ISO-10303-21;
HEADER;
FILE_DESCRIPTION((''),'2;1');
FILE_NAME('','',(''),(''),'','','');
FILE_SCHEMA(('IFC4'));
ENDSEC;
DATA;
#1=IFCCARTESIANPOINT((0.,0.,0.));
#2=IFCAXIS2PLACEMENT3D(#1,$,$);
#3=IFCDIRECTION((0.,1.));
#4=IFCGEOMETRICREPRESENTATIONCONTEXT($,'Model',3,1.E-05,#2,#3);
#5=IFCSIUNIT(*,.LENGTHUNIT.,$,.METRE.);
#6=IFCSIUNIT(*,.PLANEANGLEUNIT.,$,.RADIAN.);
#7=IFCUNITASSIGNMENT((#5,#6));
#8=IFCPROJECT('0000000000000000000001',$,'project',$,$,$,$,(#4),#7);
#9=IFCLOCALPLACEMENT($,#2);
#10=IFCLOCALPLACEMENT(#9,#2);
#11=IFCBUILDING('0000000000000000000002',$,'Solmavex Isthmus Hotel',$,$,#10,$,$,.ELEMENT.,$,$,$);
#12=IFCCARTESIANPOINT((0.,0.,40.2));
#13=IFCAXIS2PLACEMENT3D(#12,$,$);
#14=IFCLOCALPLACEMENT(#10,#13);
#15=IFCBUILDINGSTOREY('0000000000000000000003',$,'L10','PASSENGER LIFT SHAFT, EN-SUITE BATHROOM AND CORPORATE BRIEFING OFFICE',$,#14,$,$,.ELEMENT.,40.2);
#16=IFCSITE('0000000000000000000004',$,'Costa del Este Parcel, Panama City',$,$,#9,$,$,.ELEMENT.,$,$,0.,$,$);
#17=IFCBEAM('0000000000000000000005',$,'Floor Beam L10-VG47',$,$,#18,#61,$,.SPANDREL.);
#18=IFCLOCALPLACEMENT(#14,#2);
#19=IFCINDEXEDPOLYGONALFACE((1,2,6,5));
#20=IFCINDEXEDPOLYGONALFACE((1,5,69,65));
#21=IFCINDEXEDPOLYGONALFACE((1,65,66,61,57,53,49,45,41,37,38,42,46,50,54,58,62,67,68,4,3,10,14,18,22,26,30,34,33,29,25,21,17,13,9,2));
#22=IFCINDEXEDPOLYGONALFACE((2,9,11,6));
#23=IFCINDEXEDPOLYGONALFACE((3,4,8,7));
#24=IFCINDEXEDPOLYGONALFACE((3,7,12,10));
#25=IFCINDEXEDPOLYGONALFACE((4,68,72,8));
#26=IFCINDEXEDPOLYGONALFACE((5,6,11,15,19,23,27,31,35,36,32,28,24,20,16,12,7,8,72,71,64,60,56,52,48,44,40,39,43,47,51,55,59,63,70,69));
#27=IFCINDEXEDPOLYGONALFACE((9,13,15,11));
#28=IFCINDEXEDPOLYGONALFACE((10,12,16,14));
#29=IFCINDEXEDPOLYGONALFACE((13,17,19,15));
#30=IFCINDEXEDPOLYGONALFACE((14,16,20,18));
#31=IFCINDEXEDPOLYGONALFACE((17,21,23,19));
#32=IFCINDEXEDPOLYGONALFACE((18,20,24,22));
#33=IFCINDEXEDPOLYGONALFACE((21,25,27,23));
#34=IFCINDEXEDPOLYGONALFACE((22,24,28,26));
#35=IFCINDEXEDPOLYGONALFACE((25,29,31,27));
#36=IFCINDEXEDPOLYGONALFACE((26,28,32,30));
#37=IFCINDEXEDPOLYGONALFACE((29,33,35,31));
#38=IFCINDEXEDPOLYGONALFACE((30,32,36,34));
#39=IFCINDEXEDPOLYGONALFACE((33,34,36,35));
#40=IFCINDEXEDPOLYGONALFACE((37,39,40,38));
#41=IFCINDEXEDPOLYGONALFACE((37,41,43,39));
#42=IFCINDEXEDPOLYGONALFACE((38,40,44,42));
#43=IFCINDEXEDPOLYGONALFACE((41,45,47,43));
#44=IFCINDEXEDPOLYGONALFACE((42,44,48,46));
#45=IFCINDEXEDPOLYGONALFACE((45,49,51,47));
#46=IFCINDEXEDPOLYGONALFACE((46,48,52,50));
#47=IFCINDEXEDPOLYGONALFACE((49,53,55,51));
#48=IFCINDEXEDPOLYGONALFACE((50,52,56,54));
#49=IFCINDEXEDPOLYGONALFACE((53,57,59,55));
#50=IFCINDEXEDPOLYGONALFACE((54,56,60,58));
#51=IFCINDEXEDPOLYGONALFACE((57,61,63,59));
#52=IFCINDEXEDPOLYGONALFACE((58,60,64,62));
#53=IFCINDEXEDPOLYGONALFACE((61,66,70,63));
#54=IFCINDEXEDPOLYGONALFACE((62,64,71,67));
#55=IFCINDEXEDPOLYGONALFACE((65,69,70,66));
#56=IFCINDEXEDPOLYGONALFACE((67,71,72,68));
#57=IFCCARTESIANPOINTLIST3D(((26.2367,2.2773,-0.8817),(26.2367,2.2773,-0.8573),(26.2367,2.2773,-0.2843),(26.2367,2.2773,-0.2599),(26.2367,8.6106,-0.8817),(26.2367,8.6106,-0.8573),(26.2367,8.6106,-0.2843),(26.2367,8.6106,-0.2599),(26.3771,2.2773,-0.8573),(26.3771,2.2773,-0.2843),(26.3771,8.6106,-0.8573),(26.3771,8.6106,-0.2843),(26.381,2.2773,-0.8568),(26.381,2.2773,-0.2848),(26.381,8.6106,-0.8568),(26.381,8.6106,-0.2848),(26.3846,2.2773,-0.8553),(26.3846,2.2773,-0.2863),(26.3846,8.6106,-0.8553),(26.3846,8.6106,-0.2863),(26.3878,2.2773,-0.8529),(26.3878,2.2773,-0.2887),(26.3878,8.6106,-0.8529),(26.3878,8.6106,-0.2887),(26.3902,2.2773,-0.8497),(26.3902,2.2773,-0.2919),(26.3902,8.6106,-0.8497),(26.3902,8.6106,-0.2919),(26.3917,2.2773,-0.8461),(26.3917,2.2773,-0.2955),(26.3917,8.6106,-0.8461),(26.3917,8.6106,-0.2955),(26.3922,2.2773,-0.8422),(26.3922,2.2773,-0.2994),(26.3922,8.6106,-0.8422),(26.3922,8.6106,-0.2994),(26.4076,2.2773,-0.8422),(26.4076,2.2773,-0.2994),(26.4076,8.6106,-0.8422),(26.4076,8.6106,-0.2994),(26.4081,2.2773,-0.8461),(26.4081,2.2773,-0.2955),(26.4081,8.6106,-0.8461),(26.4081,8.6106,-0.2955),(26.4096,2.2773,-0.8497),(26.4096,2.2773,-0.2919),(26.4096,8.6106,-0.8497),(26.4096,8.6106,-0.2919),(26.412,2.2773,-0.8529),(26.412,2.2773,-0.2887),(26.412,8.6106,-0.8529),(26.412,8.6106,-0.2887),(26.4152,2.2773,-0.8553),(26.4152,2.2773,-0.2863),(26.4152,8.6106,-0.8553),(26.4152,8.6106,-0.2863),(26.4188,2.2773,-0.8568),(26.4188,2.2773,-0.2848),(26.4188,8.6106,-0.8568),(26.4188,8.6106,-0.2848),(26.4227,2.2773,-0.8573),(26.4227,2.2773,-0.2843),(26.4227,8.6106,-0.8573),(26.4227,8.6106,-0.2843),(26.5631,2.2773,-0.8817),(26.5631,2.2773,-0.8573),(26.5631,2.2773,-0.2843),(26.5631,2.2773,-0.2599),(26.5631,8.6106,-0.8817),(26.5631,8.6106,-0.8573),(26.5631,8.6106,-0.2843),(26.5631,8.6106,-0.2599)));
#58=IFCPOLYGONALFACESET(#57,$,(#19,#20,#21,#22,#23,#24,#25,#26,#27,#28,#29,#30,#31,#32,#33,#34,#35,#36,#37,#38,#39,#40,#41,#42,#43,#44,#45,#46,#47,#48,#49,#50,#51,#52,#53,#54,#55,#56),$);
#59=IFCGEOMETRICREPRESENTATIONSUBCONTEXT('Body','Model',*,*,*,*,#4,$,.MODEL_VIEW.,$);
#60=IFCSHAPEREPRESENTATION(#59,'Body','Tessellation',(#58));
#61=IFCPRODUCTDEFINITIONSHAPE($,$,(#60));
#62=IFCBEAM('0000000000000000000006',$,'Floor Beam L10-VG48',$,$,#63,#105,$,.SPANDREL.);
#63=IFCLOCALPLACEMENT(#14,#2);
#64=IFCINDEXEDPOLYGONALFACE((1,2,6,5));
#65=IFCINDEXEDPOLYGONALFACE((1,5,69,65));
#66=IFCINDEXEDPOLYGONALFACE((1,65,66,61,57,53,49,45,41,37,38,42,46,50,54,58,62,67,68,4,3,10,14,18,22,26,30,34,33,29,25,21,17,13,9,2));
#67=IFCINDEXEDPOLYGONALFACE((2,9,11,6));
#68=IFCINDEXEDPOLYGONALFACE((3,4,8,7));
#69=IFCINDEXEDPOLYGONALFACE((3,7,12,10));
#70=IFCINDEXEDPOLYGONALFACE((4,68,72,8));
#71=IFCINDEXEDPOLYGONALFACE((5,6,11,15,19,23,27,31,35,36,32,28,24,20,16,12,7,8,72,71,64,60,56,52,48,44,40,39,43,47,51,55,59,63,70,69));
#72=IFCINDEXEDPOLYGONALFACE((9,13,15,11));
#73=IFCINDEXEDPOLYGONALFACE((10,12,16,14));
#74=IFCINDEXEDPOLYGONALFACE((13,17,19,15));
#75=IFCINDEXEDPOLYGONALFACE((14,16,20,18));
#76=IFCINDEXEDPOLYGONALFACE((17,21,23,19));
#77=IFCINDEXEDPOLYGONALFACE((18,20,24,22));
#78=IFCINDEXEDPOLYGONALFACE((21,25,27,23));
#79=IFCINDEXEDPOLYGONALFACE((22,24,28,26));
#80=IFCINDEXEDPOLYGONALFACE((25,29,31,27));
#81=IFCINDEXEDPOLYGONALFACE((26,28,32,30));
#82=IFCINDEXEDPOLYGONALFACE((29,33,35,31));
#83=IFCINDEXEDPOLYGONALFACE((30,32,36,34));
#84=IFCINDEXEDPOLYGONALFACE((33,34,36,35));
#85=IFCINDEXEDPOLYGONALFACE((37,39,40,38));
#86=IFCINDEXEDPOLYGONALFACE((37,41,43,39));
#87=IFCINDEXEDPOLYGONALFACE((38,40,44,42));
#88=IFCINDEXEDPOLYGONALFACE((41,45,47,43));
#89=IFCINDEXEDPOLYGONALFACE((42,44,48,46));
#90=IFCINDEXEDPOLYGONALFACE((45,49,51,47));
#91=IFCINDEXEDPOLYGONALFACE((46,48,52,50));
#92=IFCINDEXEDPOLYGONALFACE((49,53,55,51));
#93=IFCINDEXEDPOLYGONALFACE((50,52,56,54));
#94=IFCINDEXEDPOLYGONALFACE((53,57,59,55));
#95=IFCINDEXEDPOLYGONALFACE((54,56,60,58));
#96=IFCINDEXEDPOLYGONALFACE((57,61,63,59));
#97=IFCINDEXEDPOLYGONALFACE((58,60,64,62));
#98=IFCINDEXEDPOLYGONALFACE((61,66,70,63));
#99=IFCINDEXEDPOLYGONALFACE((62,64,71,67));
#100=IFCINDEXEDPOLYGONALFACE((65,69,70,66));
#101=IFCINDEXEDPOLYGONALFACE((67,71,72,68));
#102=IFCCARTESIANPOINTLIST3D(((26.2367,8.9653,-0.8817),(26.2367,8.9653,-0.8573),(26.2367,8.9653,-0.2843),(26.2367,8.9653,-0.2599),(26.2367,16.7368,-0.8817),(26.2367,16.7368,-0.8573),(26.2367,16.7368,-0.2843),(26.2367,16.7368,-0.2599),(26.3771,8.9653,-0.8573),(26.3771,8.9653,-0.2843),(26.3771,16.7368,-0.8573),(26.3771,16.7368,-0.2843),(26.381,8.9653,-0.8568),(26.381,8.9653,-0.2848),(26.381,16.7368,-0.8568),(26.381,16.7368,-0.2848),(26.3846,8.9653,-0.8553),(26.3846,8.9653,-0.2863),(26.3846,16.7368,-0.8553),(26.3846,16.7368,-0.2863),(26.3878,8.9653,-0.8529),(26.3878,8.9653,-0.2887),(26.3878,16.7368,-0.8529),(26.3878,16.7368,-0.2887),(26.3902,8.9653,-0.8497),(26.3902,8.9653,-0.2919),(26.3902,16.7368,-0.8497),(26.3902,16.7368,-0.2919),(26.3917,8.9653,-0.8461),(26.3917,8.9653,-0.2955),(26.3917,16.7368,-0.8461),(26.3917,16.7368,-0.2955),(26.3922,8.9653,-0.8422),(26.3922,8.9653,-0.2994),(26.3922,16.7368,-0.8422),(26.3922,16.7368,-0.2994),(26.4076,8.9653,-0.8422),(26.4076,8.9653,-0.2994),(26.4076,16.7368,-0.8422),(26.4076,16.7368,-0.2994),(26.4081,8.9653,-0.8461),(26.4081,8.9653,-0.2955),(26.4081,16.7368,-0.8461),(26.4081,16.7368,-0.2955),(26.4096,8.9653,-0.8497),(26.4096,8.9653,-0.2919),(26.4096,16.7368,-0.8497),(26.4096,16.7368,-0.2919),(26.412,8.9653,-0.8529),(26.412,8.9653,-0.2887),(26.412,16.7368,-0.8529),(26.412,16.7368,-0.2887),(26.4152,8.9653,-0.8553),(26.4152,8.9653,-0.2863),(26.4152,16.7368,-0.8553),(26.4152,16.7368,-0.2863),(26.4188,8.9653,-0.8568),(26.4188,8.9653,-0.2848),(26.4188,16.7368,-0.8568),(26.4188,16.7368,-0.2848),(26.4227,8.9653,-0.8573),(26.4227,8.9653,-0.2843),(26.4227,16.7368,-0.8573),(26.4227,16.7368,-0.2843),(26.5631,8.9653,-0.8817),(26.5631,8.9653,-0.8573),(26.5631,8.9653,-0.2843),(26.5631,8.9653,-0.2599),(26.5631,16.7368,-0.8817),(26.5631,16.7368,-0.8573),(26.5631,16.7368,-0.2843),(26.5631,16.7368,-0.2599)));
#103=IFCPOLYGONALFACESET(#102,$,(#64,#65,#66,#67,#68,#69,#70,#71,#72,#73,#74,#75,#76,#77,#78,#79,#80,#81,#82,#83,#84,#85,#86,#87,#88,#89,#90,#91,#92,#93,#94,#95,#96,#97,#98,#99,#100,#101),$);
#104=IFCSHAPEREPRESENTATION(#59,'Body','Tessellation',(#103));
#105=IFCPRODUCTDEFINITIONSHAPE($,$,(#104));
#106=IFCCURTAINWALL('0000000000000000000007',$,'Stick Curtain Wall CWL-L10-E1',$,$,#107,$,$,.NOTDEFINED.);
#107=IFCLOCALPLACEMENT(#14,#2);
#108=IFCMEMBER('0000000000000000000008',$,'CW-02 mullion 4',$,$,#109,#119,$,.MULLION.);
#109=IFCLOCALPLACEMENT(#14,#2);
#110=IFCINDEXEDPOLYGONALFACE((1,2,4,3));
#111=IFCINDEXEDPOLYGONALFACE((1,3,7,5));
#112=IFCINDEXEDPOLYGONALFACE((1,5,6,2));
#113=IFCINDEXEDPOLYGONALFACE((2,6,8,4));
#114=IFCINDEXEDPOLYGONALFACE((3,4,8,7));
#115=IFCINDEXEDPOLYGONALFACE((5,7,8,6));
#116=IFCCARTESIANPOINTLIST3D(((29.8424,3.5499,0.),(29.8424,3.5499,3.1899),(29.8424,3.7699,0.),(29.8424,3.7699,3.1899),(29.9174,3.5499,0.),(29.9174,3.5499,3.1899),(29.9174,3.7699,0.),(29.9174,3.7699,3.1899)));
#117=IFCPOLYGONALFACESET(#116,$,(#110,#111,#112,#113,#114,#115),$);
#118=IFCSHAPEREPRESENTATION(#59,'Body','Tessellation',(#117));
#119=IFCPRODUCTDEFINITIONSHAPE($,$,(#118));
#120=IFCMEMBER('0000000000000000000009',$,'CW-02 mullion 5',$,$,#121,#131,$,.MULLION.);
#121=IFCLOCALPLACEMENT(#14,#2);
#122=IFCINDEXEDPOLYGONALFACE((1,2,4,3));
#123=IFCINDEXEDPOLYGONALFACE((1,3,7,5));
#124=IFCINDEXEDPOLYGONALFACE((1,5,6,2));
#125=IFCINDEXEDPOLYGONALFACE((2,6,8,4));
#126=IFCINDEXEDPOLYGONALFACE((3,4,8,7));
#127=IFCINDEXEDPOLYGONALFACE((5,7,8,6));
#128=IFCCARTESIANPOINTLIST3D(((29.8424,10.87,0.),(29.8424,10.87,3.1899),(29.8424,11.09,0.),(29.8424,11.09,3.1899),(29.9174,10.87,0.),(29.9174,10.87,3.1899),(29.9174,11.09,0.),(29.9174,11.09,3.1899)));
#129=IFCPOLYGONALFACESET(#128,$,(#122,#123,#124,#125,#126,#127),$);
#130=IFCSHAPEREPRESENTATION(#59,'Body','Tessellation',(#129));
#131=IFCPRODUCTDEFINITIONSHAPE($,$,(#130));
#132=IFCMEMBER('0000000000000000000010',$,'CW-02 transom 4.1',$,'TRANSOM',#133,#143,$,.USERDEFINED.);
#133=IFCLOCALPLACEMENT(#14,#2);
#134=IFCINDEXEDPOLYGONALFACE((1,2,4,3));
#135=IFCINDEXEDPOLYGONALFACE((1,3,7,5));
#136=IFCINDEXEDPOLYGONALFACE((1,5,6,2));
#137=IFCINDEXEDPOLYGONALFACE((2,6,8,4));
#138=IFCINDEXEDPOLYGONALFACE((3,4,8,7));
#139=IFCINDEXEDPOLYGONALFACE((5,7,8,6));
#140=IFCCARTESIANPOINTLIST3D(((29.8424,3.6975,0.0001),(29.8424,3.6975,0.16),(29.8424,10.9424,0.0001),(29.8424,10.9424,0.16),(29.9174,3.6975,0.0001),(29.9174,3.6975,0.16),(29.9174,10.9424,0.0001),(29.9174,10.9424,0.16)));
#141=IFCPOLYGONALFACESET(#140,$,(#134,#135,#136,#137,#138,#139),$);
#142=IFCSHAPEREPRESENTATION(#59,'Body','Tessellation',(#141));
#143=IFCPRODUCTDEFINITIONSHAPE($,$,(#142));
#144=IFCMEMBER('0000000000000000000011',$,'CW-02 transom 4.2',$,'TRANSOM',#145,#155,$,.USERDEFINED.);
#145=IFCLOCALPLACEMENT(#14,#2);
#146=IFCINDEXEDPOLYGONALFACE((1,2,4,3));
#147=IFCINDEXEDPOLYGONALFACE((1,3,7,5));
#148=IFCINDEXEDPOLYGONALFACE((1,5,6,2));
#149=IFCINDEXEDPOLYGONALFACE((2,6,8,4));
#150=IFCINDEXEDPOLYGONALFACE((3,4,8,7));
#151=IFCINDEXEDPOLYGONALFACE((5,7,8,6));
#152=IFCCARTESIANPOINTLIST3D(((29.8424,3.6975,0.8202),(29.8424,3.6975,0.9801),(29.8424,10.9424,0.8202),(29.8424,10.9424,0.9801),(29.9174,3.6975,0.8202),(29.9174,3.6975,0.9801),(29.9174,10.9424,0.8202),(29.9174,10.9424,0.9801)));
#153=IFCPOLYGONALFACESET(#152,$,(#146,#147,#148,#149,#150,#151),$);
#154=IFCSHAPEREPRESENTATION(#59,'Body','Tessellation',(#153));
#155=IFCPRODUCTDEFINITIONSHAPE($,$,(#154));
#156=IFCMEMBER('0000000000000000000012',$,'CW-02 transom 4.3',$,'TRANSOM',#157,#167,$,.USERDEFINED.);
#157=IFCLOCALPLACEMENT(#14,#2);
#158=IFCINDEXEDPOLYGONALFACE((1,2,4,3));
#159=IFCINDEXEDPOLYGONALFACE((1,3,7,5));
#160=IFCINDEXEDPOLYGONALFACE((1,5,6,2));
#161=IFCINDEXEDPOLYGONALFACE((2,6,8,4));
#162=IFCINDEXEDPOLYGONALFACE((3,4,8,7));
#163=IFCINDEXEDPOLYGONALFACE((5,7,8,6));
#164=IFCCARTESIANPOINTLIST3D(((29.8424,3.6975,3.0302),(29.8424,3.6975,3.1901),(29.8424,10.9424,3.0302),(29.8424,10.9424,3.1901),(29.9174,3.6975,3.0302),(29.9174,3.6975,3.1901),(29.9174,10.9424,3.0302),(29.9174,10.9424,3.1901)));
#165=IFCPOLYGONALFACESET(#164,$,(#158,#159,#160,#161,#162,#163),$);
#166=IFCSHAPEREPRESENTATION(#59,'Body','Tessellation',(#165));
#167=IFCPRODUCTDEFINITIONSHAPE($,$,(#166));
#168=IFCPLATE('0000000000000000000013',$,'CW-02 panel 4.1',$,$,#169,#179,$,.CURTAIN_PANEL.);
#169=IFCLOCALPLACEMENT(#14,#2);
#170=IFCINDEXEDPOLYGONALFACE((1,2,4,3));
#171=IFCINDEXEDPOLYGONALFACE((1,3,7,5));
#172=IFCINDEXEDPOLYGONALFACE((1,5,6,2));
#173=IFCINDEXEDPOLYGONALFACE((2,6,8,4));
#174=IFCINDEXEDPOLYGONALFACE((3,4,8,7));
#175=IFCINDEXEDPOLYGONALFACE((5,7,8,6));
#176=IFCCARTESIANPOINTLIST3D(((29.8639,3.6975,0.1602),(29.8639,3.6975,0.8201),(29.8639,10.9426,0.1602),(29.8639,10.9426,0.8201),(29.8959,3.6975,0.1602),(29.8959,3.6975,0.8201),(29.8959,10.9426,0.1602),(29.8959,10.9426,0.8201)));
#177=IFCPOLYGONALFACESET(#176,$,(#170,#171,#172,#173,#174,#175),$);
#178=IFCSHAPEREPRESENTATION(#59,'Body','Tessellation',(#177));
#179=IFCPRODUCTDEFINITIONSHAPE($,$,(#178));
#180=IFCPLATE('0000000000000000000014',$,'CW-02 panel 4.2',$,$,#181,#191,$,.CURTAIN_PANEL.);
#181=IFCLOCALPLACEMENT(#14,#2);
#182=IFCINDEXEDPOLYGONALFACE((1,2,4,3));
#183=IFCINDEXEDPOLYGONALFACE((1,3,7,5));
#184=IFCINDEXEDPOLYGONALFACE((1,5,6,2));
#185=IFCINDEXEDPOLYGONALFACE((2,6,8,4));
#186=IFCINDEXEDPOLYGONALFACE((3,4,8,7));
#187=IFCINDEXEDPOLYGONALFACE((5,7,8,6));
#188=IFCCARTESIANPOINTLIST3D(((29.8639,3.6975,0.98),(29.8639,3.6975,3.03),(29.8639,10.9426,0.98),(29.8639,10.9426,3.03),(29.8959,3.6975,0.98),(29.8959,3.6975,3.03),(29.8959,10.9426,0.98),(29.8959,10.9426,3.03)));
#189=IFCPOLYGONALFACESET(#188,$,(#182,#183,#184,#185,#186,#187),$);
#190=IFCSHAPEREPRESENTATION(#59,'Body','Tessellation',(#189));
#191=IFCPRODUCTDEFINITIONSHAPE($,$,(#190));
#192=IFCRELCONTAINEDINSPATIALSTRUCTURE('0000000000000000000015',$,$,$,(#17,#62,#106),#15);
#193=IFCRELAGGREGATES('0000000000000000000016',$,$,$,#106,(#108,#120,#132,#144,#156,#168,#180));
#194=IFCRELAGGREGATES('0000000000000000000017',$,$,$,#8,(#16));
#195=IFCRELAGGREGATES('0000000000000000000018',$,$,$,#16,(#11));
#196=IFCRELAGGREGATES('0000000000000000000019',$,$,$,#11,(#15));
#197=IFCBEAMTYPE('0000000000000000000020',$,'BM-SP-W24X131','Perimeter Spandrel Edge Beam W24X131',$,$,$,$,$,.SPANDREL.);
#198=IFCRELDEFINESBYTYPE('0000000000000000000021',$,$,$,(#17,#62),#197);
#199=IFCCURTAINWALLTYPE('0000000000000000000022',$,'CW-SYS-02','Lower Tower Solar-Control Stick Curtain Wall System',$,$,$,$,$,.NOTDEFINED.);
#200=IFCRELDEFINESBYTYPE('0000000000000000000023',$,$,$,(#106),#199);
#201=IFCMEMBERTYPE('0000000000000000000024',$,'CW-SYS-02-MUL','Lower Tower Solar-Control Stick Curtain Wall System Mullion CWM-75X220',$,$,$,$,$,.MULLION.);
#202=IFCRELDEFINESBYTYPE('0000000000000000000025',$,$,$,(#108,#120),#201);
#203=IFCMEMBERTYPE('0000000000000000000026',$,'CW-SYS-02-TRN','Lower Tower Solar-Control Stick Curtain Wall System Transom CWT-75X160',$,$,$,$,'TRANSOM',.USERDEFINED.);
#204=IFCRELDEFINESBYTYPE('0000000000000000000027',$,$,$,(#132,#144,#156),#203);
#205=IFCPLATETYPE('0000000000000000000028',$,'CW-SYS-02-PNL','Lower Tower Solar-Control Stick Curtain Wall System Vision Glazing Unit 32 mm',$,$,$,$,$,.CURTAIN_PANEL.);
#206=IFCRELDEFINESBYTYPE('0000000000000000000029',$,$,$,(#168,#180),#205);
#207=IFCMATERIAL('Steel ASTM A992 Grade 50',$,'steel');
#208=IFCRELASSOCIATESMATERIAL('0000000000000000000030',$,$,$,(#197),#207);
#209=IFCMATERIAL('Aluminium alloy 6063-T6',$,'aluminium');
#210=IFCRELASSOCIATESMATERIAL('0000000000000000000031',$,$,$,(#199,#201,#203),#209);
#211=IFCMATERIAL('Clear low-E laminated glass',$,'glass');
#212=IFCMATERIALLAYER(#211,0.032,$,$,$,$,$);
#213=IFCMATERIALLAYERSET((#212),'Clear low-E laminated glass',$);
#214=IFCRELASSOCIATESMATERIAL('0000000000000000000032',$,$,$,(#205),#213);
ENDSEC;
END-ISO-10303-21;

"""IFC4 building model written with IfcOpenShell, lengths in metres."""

from ifc_helpers import new_model, si_unit, direction, frame, origin, origin_2d, place, context, subcontext, project, spatial, rectangle, i_section, extrude, material, layer, layer_set, material_profile, profile_set, type_object, element, aggregate, save


model = new_model("IFC4")

# Units and contexts
model_context = context("Model", 3, precision=1e-05, world=origin(), true_north=direction((0.0, 1.0)))
body_context = subcontext(model_context, "Body", "Model", "MODEL_VIEW")
ifc_project = project(units=[si_unit("LENGTHUNIT", "METRE"), si_unit("PLANEANGLEUNIT", "RADIAN")], contexts=[model_context])

# Site, building, storey
site_placement = place(None, origin())
site = spatial("IfcSite", under=ifc_project, at=site_placement, Name="Costa del Este Parcel, Panama City", CompositionType="ELEMENT", RefElevation=0.0)
building_placement = place(site_placement, origin())
building = spatial("IfcBuilding", under=site, at=building_placement, Name="Solmavex Isthmus Hotel", CompositionType="ELEMENT")
storey_placement = place(building_placement, frame((0.0, 0.0, 40.2)))
storey = spatial("IfcBuildingStorey", under=building, at=storey_placement, Name="L10", Description="PASSENGER LIFT SHAFT, EN-SUITE BATHROOM AND CORPORATE BRIEFING OFFICE", CompositionType="ELEMENT", Elevation=40.2)

# Beams
ifc_material_1 = material(Name="Steel ASTM A992 Grade 50", Category="steel")
ifc_material_profile_1 = material_profile(ifc_material_1, i_section(OverallWidth=0.3264, OverallDepth=0.6218, WebThickness=0.0154, FlangeThickness=0.0244, FilletRadius=0.0151, at=origin_2d()), Name="W24X131")
ifc_profile_set_1 = profile_set([ifc_material_profile_1], Name="Steel ASTM A992 Grade 50")
beam_type_1 = type_object("IfcBeamType", Name="BM-SP-W24X131", Description="Perimeter Spandrel Edge Beam W24X131", PredefinedType="SPANDREL", material=ifc_profile_set_1)
beam_1_placement = place(storey_placement, frame((26.3999, 2.2773, -0.5708), z_axis=(0.0, 1.0, 0.0), x_axis=(-1.0, 0.0, 0.0)))
element("IfcBeam", 1, at=beam_1_placement, inside=storey, type_object=beam_type_1, Name="Floor Beam L10-VG47", PredefinedType="SPANDREL", context=body_context, shape_type="SweptSolid", body=[
    extrude(i_section(OverallWidth=0.3264, OverallDepth=0.6218, WebThickness=0.0154, FlangeThickness=0.0244, FilletRadius=0.0151, at=origin_2d()), origin(), (0.0, 0.0, 1.0), 6.3333),
])
beam_2_placement = place(storey_placement, frame((26.3999, 8.9653, -0.5708), z_axis=(0.0, 1.0, 0.0), x_axis=(-1.0, 0.0, 0.0)))
element("IfcBeam", 2, at=beam_2_placement, inside=storey, type_object=beam_type_1, Name="Floor Beam L10-VG48", PredefinedType="SPANDREL", context=body_context, shape_type="SweptSolid", body=[
    extrude(i_section(OverallWidth=0.3264, OverallDepth=0.6218, WebThickness=0.0154, FlangeThickness=0.0244, FilletRadius=0.0151, at=origin_2d()), origin(), (0.0, 0.0, 1.0), 7.7715),
])

# Curtain wall, members, plates
ifc_material_2 = material(Name="Aluminium alloy 6063-T6", Category="aluminium")
curtain_wall_type = type_object("IfcCurtainWallType", Name="CW-SYS-02", Description="Lower Tower Solar-Control Stick Curtain Wall System", PredefinedType="NOTDEFINED", material=ifc_material_2)
curtain_wall_placement = place(storey_placement, origin())
curtain_wall = element("IfcCurtainWall", 3, at=curtain_wall_placement, inside=storey, type_object=curtain_wall_type, Name="Stick Curtain Wall CWL-L10-E1", PredefinedType="NOTDEFINED")
ifc_material_profile_2 = material_profile(ifc_material_2, rectangle(XDim=0.075, YDim=0.22, at=origin_2d()), Name="CWM-75X220")
ifc_profile_set_2 = profile_set([ifc_material_profile_2], Name="Aluminium alloy 6063-T6")
member_type_1 = type_object("IfcMemberType", Name="CW-SYS-02-MUL", Description="Lower Tower Solar-Control Stick Curtain Wall System Mullion CWM-75X220", PredefinedType="MULLION", material=ifc_profile_set_2)
member_1_placement = place(storey_placement, frame((29.8799, 3.6599, 0.0), z_axis=(0.0, 0.0, 1.0), x_axis=(-1.0, 0.0, 0.0)))
member_1 = element("IfcMember", 4, at=member_1_placement, type_object=member_type_1, Name="CW-02 mullion 4", PredefinedType="MULLION", context=body_context, shape_type="SweptSolid", body=[
    extrude(rectangle(XDim=0.075, YDim=0.22, at=origin_2d()), origin(), (0.0, 0.0, 1.0), 3.1899),
])
member_2_placement = place(storey_placement, frame((29.8799, 10.98, 0.0), z_axis=(0.0, 0.0, 1.0), x_axis=(-1.0, 0.0, 0.0)))
member_2 = element("IfcMember", 5, at=member_2_placement, type_object=member_type_1, Name="CW-02 mullion 5", PredefinedType="MULLION", context=body_context, shape_type="SweptSolid", body=[
    extrude(rectangle(XDim=0.075, YDim=0.22, at=origin_2d()), origin(), (0.0, 0.0, 1.0), 3.1899),
])
ifc_material_profile_3 = material_profile(ifc_material_2, rectangle(XDim=0.075, YDim=0.1599, at=origin_2d()), Name="CWT-75X160")
ifc_profile_set_3 = profile_set([ifc_material_profile_3], Name="Aluminium alloy 6063-T6")
member_type_2 = type_object("IfcMemberType", Name="CW-SYS-02-TRN", Description="Lower Tower Solar-Control Stick Curtain Wall System Transom CWT-75X160", ElementType="TRANSOM", PredefinedType="USERDEFINED", material=ifc_profile_set_3)
member_3_placement = place(storey_placement, frame((29.8799, 3.6975, 0.0801), z_axis=(0.0, 1.0, 0.0), x_axis=(-1.0, 0.0, 0.0)))
member_3 = element("IfcMember", 6, at=member_3_placement, type_object=member_type_2, Name="CW-02 transom 4.1", ObjectType="TRANSOM", PredefinedType="USERDEFINED", context=body_context, shape_type="SweptSolid", body=[
    extrude(rectangle(XDim=0.075, YDim=0.1599, at=origin_2d()), origin(), (0.0, 0.0, 1.0), 7.2449),
])
member_4_placement = place(storey_placement, frame((29.8799, 3.6975, 0.9001), z_axis=(0.0, 1.0, 0.0), x_axis=(-1.0, 0.0, 0.0)))
member_4 = element("IfcMember", 7, at=member_4_placement, type_object=member_type_2, Name="CW-02 transom 4.2", ObjectType="TRANSOM", PredefinedType="USERDEFINED", context=body_context, shape_type="SweptSolid", body=[
    extrude(rectangle(XDim=0.075, YDim=0.1599, at=origin_2d()), origin(), (0.0, 0.0, 1.0), 7.2449),
])
member_5_placement = place(storey_placement, frame((29.8799, 3.6975, 3.1101), z_axis=(0.0, 1.0, 0.0), x_axis=(-1.0, 0.0, 0.0)))
member_5 = element("IfcMember", 8, at=member_5_placement, type_object=member_type_2, Name="CW-02 transom 4.3", ObjectType="TRANSOM", PredefinedType="USERDEFINED", context=body_context, shape_type="SweptSolid", body=[
    extrude(rectangle(XDim=0.075, YDim=0.1599, at=origin_2d()), origin(), (0.0, 0.0, 1.0), 7.2449),
])
ifc_material_3 = material(Name="Clear low-E laminated glass", Category="glass")
ifc_layer_1 = layer(ifc_material_3, 0.032)
ifc_layer_set_1 = layer_set([ifc_layer_1], Name="Clear low-E laminated glass")
plate_type = type_object("IfcPlateType", Name="CW-SYS-02-PNL", Description="Lower Tower Solar-Control Stick Curtain Wall System Vision Glazing Unit 32 mm", PredefinedType="CURTAIN_PANEL", material=ifc_layer_set_1)
plate_1_placement = place(storey_placement, frame((29.8799, 7.3201, 0.1602), z_axis=(0.0, 0.0, 1.0), x_axis=(0.0, 1.0, 0.0)))
plate_1 = element("IfcPlate", 9, at=plate_1_placement, type_object=plate_type, Name="CW-02 panel 4.1", PredefinedType="CURTAIN_PANEL", context=body_context, shape_type="SweptSolid", body=[
    extrude(rectangle(XDim=7.2451, YDim=0.032, at=origin_2d()), origin(), (0.0, 0.0, 1.0), 0.6599),
])
plate_2_placement = place(storey_placement, frame((29.8799, 7.3201, 0.98), z_axis=(0.0, 0.0, 1.0), x_axis=(0.0, 1.0, 0.0)))
plate_2 = element("IfcPlate", 10, at=plate_2_placement, type_object=plate_type, Name="CW-02 panel 4.2", PredefinedType="CURTAIN_PANEL", context=body_context, shape_type="SweptSolid", body=[
    extrude(rectangle(XDim=7.2451, YDim=0.032, at=origin_2d()), origin(), (0.0, 0.0, 1.0), 2.05),
])
aggregate(curtain_wall, [member_1, member_2, member_3, member_4, member_5, plate_1, plate_2])

save(model, "model.ifc")
